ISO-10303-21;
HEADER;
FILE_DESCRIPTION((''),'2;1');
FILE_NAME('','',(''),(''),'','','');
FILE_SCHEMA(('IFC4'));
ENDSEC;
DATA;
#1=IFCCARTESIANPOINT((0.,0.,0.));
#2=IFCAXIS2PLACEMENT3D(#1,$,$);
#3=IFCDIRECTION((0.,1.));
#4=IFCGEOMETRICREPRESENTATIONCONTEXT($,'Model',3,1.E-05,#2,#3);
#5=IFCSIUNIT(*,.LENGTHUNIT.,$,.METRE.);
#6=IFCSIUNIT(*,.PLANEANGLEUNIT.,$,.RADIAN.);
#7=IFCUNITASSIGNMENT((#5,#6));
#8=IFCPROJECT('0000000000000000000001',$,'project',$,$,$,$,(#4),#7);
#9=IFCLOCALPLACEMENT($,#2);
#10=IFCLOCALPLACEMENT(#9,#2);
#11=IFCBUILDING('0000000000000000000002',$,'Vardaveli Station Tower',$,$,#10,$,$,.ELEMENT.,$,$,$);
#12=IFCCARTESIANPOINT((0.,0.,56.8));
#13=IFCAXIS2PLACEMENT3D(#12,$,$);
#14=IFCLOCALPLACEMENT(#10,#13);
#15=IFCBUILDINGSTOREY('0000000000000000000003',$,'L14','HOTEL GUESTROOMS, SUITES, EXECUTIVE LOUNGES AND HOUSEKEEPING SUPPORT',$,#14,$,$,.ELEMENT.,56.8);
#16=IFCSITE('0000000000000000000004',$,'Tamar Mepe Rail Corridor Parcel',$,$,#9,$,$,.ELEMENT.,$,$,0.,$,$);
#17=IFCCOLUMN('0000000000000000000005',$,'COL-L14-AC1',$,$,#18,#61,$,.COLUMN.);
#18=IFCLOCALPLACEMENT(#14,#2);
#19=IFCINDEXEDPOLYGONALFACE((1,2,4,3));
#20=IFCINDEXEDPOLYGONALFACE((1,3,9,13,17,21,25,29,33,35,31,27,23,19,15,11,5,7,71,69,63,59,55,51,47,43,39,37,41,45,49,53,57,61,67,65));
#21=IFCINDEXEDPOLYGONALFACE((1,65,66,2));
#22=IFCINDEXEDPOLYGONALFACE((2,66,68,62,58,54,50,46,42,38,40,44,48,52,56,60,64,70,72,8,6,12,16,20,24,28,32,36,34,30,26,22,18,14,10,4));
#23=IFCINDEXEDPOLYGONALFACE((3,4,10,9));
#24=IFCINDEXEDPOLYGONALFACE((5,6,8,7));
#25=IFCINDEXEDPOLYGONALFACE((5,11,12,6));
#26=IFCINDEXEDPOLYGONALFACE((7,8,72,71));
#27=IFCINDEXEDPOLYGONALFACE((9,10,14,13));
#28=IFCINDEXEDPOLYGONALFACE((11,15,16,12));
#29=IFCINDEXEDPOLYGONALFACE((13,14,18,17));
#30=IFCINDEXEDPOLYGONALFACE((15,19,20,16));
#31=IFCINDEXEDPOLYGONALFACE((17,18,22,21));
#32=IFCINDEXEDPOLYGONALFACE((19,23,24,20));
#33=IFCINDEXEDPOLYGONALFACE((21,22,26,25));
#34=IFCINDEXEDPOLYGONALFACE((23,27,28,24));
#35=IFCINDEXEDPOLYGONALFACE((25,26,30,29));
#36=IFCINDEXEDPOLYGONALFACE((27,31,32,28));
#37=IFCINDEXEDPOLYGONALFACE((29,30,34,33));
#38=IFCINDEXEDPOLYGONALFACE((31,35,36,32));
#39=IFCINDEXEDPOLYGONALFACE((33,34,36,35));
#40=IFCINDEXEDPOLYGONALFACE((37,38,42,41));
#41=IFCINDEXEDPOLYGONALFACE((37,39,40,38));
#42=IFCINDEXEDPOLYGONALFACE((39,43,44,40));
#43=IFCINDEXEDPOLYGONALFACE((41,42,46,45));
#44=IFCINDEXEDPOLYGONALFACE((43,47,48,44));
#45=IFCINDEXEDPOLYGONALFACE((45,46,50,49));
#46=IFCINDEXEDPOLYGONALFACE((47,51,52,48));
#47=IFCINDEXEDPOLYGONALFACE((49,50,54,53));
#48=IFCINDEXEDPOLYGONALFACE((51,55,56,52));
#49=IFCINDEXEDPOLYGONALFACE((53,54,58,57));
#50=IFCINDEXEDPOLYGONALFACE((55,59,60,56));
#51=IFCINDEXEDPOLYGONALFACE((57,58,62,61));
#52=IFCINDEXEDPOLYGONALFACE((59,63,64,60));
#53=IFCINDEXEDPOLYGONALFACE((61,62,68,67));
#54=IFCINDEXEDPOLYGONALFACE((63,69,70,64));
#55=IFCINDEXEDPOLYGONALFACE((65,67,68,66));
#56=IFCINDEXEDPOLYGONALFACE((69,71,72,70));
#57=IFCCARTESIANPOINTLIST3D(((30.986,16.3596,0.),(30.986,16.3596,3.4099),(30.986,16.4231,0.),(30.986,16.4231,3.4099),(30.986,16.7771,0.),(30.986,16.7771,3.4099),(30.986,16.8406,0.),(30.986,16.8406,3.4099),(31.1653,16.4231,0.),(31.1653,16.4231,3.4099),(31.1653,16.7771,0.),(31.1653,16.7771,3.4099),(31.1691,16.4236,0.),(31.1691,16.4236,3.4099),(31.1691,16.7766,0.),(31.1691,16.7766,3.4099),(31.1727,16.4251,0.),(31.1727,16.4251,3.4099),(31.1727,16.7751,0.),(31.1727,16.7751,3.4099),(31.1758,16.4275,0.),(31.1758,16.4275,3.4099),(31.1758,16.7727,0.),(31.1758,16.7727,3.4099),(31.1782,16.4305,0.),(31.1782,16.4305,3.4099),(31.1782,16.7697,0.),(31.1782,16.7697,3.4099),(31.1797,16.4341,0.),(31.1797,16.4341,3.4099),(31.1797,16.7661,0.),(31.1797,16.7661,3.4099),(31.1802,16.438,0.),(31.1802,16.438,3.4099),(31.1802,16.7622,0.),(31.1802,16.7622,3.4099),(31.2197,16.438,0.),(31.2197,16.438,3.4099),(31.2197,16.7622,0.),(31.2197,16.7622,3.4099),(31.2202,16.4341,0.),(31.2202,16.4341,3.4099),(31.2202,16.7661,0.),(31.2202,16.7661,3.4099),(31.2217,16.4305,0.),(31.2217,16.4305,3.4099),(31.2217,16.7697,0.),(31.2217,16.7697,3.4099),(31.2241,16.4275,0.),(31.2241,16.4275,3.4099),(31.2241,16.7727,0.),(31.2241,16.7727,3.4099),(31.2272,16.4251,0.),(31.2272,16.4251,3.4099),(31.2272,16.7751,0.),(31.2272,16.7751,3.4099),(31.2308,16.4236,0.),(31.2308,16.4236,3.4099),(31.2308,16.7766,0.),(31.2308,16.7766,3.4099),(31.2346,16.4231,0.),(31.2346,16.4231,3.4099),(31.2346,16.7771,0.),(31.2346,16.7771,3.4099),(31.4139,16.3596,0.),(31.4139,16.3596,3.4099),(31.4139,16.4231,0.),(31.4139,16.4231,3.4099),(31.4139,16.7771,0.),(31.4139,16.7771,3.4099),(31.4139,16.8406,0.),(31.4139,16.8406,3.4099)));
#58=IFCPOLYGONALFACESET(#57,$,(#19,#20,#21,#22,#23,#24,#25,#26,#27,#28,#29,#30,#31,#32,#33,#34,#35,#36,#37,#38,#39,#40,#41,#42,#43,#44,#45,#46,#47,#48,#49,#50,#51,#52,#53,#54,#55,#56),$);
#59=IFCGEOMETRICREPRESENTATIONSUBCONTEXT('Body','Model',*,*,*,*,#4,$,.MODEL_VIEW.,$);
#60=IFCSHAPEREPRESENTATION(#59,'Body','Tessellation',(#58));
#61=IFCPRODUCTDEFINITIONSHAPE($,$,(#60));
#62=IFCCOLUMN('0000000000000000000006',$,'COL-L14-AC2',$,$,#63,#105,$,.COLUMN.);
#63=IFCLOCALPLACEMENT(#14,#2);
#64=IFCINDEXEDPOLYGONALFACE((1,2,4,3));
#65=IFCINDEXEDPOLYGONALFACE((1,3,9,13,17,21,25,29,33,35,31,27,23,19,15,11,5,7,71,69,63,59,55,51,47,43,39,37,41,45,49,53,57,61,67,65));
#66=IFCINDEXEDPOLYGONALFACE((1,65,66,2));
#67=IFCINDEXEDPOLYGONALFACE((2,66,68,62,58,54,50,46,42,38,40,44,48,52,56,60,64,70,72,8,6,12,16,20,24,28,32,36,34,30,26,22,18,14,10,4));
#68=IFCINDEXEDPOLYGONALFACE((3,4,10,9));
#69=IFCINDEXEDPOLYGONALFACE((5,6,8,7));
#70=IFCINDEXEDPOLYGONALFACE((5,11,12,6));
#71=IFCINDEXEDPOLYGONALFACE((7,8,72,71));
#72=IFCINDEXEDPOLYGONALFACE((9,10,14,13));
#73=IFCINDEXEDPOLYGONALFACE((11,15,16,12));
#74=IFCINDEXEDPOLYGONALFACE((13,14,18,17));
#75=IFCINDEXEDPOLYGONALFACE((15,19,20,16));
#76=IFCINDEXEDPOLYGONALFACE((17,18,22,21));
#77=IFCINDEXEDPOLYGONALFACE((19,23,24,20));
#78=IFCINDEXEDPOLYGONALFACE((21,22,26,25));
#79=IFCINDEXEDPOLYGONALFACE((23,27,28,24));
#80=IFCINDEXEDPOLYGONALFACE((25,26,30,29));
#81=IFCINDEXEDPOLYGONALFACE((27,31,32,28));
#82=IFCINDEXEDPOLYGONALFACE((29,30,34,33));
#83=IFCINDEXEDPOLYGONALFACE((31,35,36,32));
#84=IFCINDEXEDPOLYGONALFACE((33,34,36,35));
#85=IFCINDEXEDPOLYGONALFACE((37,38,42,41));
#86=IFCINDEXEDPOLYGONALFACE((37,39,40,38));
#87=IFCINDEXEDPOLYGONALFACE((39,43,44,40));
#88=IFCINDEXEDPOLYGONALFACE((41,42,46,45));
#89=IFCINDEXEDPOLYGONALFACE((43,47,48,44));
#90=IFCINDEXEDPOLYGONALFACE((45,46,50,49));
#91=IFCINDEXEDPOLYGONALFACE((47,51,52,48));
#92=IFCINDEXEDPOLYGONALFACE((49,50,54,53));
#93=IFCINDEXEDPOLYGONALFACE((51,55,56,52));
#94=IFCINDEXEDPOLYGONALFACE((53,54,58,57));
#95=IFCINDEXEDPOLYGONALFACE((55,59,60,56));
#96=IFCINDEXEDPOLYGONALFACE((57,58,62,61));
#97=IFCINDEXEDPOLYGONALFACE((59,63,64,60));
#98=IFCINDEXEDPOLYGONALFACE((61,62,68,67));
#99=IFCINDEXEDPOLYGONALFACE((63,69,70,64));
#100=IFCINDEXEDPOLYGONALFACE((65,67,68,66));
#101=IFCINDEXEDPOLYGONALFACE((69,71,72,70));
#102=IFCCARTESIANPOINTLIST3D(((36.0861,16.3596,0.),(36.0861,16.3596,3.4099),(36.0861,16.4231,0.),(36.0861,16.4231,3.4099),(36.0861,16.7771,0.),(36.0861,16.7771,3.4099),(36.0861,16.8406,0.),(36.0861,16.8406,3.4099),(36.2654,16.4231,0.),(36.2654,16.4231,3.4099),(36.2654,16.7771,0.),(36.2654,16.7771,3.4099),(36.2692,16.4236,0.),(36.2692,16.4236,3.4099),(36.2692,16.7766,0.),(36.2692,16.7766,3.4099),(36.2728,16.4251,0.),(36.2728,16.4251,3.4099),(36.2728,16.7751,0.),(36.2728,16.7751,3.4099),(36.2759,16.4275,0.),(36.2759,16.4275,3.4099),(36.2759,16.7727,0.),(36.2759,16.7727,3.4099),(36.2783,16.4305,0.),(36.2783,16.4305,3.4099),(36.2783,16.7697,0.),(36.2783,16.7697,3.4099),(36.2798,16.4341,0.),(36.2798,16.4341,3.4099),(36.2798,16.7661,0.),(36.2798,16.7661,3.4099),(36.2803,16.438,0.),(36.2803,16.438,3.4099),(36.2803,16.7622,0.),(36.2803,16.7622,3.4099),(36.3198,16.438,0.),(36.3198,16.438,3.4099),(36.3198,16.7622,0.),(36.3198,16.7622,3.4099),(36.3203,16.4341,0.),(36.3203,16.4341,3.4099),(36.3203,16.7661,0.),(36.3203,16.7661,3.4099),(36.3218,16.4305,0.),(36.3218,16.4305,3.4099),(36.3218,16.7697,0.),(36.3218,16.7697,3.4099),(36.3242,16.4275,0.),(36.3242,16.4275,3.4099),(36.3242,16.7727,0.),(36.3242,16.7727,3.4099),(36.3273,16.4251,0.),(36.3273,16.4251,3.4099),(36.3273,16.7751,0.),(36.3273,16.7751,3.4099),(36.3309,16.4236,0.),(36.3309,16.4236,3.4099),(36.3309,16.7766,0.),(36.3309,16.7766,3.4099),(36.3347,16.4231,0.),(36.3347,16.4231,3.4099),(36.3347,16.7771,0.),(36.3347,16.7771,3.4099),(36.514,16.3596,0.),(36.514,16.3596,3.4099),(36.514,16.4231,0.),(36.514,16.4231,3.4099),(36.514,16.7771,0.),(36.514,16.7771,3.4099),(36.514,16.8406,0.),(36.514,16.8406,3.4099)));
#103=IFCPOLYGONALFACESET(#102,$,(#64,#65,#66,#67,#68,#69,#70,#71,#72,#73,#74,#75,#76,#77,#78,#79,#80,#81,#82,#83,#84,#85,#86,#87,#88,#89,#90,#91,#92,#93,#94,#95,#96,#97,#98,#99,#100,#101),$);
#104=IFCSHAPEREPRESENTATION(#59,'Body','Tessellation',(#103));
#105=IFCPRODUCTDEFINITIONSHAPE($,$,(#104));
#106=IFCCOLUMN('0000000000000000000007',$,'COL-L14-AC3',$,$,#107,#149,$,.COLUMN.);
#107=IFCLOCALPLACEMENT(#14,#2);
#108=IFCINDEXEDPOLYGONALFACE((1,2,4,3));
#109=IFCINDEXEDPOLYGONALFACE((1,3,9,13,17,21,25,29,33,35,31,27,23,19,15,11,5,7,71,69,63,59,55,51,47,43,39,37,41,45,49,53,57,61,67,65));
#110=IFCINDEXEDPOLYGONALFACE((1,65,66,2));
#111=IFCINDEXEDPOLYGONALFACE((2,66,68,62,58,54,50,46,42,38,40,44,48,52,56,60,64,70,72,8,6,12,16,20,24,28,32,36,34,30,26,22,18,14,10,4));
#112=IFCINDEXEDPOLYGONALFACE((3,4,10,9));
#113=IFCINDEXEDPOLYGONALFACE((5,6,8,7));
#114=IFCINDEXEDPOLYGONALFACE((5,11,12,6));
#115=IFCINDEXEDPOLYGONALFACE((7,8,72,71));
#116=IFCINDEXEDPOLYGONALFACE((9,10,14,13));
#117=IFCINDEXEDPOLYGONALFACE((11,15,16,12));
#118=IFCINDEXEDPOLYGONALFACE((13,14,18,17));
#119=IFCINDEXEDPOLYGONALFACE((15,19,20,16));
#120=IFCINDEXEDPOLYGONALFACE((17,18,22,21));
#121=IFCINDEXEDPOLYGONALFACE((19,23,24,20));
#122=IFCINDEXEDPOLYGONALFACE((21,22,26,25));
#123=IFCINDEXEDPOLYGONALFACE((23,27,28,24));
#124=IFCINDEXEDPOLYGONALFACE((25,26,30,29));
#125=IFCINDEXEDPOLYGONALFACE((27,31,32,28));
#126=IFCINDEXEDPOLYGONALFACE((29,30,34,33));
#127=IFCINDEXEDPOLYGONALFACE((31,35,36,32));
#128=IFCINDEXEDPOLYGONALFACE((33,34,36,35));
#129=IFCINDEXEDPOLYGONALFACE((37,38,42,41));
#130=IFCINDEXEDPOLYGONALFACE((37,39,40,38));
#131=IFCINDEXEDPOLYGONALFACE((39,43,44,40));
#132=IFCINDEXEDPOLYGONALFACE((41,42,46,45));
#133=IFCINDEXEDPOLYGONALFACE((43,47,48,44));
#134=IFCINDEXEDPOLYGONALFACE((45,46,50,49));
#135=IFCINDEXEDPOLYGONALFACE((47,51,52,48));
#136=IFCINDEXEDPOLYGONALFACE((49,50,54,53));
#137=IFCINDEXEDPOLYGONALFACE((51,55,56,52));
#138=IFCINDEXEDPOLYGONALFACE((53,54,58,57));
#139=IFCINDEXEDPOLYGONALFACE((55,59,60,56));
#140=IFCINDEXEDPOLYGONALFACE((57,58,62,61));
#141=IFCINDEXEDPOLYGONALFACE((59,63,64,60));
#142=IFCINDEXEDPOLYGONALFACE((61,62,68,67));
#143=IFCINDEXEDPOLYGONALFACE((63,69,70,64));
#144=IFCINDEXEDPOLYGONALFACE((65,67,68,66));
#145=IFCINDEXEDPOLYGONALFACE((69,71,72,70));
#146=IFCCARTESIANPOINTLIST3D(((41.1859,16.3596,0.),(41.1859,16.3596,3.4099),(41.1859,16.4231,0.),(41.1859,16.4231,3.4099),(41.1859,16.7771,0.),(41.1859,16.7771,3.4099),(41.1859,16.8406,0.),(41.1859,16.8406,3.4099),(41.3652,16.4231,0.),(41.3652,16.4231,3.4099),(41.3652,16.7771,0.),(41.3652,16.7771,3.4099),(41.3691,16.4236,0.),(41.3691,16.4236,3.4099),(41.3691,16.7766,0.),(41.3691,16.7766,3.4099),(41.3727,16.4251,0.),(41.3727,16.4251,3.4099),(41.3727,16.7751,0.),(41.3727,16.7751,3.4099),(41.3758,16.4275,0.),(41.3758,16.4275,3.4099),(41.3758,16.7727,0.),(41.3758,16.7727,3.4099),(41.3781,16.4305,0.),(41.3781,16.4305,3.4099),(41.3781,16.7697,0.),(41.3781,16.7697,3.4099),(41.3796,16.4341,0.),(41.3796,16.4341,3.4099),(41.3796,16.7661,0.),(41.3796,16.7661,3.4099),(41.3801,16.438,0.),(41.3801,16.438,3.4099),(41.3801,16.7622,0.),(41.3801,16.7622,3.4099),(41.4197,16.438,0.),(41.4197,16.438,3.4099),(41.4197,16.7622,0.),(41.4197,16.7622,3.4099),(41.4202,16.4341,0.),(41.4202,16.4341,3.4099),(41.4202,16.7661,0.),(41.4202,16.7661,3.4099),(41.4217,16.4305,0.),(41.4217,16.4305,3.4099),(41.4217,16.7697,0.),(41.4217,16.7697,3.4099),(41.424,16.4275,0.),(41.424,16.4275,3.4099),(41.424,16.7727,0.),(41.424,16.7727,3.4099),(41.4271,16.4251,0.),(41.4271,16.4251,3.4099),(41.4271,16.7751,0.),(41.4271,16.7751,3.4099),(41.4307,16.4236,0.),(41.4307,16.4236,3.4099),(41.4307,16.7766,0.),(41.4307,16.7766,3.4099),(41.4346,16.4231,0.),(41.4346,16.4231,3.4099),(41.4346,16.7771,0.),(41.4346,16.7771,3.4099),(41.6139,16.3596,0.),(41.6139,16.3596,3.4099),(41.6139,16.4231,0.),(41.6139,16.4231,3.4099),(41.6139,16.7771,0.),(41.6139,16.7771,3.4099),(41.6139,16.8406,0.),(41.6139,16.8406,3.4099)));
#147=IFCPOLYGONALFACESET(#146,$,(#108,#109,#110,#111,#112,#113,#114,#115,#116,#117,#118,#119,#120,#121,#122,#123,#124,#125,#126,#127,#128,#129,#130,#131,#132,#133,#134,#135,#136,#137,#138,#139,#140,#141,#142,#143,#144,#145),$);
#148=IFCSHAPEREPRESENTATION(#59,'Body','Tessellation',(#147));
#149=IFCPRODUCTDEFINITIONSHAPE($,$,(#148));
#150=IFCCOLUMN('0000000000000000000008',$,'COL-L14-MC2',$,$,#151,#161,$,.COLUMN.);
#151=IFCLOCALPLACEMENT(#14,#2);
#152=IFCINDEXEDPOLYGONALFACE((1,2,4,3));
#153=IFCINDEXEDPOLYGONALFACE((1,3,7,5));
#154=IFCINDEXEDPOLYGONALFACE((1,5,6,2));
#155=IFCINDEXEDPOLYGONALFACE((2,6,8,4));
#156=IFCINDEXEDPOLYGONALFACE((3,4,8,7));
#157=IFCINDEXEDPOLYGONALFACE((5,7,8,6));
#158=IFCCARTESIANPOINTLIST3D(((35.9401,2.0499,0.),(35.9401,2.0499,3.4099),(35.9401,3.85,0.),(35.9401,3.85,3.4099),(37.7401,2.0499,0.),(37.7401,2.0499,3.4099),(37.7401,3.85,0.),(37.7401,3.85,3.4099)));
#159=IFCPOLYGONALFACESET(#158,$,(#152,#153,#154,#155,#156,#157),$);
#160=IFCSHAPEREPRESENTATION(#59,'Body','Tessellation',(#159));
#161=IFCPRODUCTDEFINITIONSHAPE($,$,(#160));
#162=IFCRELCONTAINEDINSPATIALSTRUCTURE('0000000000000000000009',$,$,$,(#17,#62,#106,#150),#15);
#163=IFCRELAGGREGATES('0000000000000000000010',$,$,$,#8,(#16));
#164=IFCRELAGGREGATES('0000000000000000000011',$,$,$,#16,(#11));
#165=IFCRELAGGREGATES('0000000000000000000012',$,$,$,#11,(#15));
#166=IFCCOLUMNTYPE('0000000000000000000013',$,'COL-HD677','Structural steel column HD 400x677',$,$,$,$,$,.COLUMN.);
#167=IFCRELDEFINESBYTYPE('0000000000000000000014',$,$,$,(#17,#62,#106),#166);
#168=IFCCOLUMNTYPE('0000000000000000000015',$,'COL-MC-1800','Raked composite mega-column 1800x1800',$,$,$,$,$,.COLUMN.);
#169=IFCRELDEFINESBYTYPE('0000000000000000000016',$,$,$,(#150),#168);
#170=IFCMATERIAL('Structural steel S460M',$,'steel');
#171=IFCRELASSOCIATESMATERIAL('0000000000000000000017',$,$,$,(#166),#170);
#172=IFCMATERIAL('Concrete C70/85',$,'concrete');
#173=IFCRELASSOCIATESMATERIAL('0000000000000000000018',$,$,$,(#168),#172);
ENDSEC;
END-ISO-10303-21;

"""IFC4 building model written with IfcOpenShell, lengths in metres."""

from ifc_helpers import new_model, si_unit, direction, frame, origin, origin_2d, place, context, subcontext, project, spatial, rectangle, i_section, extrude, source, transform, mapped, material, material_profile, profile_set, type_object, element, save


model = new_model("IFC4")

# Units and contexts
model_context = context("Model", 3, precision=1e-05, world=origin(), true_north=direction((0.0, 1.0)))
body_context = subcontext(model_context, "Body", "Model", "MODEL_VIEW")
ifc_project = project(units=[si_unit("LENGTHUNIT", "METRE"), si_unit("PLANEANGLEUNIT", "RADIAN")], contexts=[model_context])

# Site, building, storey
site_placement = place(None, origin())
site = spatial("IfcSite", under=ifc_project, at=site_placement, Name="Tamar Mepe Rail Corridor Parcel", CompositionType="ELEMENT", RefElevation=0.0)
building_placement = place(site_placement, origin())
building = spatial("IfcBuilding", under=site, at=building_placement, Name="Vardaveli Station Tower", CompositionType="ELEMENT")
storey_placement = place(building_placement, frame((0.0, 0.0, 56.8)))
storey = spatial("IfcBuildingStorey", under=building, at=storey_placement, Name="L14", Description="HOTEL GUESTROOMS, SUITES, EXECUTIVE LOUNGES AND HOUSEKEEPING SUPPORT", CompositionType="ELEMENT", Elevation=56.8)

# Columns
ifc_material_1 = material(Name="Structural steel S460M", Category="steel")
ifc_material_profile_1 = material_profile(ifc_material_1, i_section(OverallWidth=0.428, OverallDepth=0.481, WebThickness=0.0396, FlangeThickness=0.0635, FilletRadius=0.0149, at=origin_2d()), Name="HD 400x677")
ifc_profile_set_1 = profile_set([ifc_material_profile_1], Name="Structural steel S460M")
column_type_1 = type_object("IfcColumnType", Name="COL-HD677", Description="Structural steel column HD 400x677", PredefinedType="COLUMN", material=ifc_profile_set_1)
shared_shape_1 = source(origin(), body_context, "Body", "SweptSolid", [
    extrude(i_section(OverallWidth=0.428, OverallDepth=0.481, WebThickness=0.0396, FlangeThickness=0.0635, FilletRadius=0.0149, at=origin_2d()), origin(), (0.0, 0.0, 1.0), 3.4099),
])
for number, where, z_axis, x_axis, name in (
    (1, (31.2, 16.6001, 0.0), (0.0, 0.0, 1.0), (1.0, 0.0, 0.0), "COL-L14-AC1"),
    (2, (36.3, 16.6001, 0.0), (0.0, 0.0, 1.0), (1.0, 0.0, 0.0), "COL-L14-AC2"),
    (3, (41.3999, 16.6001, 0.0), (0.0, 0.0, 1.0), (1.0, 0.0, 0.0), "COL-L14-AC3"),
):
    element("IfcColumn", number, at=place(storey_placement, frame(where, z_axis=z_axis, x_axis=x_axis)), inside=storey, type_object=column_type_1, Name=name, PredefinedType="COLUMN", context=body_context, shape_type="MappedRepresentation", body=[
        mapped(shared_shape_1, transform((0.0, 0.0, 0.0), scale=1.0)),
    ])
ifc_material_2 = material(Name="Concrete C70/85", Category="concrete")
ifc_material_profile_2 = material_profile(ifc_material_2, rectangle(XDim=1.8, YDim=1.8, at=origin_2d()), Name="MC 1800x1800")
ifc_profile_set_2 = profile_set([ifc_material_profile_2], Name="Concrete C70/85")
column_type_2 = type_object("IfcColumnType", Name="COL-MC-1800", Description="Raked composite mega-column 1800x1800", PredefinedType="COLUMN", material=ifc_profile_set_2)
shared_shape_2 = source(origin(), body_context, "Body", "SweptSolid", [
    extrude(rectangle(XDim=1.8, YDim=1.8, at=origin_2d()), origin(), (0.0, 0.0, 1.0), 3.4099),
])
column_placement = place(storey_placement, frame((36.8401, 2.95, 0.0), z_axis=(0.0, 0.0, 1.0), x_axis=(1.0, 0.0, 0.0)))
element("IfcColumn", 4, at=column_placement, inside=storey, type_object=column_type_2, Name="COL-L14-MC2", PredefinedType="COLUMN", context=body_context, shape_type="MappedRepresentation", body=[
    mapped(shared_shape_2, transform((0.0, 0.0, 0.0), scale=1.0)),
])

save(model, "model.ifc")
